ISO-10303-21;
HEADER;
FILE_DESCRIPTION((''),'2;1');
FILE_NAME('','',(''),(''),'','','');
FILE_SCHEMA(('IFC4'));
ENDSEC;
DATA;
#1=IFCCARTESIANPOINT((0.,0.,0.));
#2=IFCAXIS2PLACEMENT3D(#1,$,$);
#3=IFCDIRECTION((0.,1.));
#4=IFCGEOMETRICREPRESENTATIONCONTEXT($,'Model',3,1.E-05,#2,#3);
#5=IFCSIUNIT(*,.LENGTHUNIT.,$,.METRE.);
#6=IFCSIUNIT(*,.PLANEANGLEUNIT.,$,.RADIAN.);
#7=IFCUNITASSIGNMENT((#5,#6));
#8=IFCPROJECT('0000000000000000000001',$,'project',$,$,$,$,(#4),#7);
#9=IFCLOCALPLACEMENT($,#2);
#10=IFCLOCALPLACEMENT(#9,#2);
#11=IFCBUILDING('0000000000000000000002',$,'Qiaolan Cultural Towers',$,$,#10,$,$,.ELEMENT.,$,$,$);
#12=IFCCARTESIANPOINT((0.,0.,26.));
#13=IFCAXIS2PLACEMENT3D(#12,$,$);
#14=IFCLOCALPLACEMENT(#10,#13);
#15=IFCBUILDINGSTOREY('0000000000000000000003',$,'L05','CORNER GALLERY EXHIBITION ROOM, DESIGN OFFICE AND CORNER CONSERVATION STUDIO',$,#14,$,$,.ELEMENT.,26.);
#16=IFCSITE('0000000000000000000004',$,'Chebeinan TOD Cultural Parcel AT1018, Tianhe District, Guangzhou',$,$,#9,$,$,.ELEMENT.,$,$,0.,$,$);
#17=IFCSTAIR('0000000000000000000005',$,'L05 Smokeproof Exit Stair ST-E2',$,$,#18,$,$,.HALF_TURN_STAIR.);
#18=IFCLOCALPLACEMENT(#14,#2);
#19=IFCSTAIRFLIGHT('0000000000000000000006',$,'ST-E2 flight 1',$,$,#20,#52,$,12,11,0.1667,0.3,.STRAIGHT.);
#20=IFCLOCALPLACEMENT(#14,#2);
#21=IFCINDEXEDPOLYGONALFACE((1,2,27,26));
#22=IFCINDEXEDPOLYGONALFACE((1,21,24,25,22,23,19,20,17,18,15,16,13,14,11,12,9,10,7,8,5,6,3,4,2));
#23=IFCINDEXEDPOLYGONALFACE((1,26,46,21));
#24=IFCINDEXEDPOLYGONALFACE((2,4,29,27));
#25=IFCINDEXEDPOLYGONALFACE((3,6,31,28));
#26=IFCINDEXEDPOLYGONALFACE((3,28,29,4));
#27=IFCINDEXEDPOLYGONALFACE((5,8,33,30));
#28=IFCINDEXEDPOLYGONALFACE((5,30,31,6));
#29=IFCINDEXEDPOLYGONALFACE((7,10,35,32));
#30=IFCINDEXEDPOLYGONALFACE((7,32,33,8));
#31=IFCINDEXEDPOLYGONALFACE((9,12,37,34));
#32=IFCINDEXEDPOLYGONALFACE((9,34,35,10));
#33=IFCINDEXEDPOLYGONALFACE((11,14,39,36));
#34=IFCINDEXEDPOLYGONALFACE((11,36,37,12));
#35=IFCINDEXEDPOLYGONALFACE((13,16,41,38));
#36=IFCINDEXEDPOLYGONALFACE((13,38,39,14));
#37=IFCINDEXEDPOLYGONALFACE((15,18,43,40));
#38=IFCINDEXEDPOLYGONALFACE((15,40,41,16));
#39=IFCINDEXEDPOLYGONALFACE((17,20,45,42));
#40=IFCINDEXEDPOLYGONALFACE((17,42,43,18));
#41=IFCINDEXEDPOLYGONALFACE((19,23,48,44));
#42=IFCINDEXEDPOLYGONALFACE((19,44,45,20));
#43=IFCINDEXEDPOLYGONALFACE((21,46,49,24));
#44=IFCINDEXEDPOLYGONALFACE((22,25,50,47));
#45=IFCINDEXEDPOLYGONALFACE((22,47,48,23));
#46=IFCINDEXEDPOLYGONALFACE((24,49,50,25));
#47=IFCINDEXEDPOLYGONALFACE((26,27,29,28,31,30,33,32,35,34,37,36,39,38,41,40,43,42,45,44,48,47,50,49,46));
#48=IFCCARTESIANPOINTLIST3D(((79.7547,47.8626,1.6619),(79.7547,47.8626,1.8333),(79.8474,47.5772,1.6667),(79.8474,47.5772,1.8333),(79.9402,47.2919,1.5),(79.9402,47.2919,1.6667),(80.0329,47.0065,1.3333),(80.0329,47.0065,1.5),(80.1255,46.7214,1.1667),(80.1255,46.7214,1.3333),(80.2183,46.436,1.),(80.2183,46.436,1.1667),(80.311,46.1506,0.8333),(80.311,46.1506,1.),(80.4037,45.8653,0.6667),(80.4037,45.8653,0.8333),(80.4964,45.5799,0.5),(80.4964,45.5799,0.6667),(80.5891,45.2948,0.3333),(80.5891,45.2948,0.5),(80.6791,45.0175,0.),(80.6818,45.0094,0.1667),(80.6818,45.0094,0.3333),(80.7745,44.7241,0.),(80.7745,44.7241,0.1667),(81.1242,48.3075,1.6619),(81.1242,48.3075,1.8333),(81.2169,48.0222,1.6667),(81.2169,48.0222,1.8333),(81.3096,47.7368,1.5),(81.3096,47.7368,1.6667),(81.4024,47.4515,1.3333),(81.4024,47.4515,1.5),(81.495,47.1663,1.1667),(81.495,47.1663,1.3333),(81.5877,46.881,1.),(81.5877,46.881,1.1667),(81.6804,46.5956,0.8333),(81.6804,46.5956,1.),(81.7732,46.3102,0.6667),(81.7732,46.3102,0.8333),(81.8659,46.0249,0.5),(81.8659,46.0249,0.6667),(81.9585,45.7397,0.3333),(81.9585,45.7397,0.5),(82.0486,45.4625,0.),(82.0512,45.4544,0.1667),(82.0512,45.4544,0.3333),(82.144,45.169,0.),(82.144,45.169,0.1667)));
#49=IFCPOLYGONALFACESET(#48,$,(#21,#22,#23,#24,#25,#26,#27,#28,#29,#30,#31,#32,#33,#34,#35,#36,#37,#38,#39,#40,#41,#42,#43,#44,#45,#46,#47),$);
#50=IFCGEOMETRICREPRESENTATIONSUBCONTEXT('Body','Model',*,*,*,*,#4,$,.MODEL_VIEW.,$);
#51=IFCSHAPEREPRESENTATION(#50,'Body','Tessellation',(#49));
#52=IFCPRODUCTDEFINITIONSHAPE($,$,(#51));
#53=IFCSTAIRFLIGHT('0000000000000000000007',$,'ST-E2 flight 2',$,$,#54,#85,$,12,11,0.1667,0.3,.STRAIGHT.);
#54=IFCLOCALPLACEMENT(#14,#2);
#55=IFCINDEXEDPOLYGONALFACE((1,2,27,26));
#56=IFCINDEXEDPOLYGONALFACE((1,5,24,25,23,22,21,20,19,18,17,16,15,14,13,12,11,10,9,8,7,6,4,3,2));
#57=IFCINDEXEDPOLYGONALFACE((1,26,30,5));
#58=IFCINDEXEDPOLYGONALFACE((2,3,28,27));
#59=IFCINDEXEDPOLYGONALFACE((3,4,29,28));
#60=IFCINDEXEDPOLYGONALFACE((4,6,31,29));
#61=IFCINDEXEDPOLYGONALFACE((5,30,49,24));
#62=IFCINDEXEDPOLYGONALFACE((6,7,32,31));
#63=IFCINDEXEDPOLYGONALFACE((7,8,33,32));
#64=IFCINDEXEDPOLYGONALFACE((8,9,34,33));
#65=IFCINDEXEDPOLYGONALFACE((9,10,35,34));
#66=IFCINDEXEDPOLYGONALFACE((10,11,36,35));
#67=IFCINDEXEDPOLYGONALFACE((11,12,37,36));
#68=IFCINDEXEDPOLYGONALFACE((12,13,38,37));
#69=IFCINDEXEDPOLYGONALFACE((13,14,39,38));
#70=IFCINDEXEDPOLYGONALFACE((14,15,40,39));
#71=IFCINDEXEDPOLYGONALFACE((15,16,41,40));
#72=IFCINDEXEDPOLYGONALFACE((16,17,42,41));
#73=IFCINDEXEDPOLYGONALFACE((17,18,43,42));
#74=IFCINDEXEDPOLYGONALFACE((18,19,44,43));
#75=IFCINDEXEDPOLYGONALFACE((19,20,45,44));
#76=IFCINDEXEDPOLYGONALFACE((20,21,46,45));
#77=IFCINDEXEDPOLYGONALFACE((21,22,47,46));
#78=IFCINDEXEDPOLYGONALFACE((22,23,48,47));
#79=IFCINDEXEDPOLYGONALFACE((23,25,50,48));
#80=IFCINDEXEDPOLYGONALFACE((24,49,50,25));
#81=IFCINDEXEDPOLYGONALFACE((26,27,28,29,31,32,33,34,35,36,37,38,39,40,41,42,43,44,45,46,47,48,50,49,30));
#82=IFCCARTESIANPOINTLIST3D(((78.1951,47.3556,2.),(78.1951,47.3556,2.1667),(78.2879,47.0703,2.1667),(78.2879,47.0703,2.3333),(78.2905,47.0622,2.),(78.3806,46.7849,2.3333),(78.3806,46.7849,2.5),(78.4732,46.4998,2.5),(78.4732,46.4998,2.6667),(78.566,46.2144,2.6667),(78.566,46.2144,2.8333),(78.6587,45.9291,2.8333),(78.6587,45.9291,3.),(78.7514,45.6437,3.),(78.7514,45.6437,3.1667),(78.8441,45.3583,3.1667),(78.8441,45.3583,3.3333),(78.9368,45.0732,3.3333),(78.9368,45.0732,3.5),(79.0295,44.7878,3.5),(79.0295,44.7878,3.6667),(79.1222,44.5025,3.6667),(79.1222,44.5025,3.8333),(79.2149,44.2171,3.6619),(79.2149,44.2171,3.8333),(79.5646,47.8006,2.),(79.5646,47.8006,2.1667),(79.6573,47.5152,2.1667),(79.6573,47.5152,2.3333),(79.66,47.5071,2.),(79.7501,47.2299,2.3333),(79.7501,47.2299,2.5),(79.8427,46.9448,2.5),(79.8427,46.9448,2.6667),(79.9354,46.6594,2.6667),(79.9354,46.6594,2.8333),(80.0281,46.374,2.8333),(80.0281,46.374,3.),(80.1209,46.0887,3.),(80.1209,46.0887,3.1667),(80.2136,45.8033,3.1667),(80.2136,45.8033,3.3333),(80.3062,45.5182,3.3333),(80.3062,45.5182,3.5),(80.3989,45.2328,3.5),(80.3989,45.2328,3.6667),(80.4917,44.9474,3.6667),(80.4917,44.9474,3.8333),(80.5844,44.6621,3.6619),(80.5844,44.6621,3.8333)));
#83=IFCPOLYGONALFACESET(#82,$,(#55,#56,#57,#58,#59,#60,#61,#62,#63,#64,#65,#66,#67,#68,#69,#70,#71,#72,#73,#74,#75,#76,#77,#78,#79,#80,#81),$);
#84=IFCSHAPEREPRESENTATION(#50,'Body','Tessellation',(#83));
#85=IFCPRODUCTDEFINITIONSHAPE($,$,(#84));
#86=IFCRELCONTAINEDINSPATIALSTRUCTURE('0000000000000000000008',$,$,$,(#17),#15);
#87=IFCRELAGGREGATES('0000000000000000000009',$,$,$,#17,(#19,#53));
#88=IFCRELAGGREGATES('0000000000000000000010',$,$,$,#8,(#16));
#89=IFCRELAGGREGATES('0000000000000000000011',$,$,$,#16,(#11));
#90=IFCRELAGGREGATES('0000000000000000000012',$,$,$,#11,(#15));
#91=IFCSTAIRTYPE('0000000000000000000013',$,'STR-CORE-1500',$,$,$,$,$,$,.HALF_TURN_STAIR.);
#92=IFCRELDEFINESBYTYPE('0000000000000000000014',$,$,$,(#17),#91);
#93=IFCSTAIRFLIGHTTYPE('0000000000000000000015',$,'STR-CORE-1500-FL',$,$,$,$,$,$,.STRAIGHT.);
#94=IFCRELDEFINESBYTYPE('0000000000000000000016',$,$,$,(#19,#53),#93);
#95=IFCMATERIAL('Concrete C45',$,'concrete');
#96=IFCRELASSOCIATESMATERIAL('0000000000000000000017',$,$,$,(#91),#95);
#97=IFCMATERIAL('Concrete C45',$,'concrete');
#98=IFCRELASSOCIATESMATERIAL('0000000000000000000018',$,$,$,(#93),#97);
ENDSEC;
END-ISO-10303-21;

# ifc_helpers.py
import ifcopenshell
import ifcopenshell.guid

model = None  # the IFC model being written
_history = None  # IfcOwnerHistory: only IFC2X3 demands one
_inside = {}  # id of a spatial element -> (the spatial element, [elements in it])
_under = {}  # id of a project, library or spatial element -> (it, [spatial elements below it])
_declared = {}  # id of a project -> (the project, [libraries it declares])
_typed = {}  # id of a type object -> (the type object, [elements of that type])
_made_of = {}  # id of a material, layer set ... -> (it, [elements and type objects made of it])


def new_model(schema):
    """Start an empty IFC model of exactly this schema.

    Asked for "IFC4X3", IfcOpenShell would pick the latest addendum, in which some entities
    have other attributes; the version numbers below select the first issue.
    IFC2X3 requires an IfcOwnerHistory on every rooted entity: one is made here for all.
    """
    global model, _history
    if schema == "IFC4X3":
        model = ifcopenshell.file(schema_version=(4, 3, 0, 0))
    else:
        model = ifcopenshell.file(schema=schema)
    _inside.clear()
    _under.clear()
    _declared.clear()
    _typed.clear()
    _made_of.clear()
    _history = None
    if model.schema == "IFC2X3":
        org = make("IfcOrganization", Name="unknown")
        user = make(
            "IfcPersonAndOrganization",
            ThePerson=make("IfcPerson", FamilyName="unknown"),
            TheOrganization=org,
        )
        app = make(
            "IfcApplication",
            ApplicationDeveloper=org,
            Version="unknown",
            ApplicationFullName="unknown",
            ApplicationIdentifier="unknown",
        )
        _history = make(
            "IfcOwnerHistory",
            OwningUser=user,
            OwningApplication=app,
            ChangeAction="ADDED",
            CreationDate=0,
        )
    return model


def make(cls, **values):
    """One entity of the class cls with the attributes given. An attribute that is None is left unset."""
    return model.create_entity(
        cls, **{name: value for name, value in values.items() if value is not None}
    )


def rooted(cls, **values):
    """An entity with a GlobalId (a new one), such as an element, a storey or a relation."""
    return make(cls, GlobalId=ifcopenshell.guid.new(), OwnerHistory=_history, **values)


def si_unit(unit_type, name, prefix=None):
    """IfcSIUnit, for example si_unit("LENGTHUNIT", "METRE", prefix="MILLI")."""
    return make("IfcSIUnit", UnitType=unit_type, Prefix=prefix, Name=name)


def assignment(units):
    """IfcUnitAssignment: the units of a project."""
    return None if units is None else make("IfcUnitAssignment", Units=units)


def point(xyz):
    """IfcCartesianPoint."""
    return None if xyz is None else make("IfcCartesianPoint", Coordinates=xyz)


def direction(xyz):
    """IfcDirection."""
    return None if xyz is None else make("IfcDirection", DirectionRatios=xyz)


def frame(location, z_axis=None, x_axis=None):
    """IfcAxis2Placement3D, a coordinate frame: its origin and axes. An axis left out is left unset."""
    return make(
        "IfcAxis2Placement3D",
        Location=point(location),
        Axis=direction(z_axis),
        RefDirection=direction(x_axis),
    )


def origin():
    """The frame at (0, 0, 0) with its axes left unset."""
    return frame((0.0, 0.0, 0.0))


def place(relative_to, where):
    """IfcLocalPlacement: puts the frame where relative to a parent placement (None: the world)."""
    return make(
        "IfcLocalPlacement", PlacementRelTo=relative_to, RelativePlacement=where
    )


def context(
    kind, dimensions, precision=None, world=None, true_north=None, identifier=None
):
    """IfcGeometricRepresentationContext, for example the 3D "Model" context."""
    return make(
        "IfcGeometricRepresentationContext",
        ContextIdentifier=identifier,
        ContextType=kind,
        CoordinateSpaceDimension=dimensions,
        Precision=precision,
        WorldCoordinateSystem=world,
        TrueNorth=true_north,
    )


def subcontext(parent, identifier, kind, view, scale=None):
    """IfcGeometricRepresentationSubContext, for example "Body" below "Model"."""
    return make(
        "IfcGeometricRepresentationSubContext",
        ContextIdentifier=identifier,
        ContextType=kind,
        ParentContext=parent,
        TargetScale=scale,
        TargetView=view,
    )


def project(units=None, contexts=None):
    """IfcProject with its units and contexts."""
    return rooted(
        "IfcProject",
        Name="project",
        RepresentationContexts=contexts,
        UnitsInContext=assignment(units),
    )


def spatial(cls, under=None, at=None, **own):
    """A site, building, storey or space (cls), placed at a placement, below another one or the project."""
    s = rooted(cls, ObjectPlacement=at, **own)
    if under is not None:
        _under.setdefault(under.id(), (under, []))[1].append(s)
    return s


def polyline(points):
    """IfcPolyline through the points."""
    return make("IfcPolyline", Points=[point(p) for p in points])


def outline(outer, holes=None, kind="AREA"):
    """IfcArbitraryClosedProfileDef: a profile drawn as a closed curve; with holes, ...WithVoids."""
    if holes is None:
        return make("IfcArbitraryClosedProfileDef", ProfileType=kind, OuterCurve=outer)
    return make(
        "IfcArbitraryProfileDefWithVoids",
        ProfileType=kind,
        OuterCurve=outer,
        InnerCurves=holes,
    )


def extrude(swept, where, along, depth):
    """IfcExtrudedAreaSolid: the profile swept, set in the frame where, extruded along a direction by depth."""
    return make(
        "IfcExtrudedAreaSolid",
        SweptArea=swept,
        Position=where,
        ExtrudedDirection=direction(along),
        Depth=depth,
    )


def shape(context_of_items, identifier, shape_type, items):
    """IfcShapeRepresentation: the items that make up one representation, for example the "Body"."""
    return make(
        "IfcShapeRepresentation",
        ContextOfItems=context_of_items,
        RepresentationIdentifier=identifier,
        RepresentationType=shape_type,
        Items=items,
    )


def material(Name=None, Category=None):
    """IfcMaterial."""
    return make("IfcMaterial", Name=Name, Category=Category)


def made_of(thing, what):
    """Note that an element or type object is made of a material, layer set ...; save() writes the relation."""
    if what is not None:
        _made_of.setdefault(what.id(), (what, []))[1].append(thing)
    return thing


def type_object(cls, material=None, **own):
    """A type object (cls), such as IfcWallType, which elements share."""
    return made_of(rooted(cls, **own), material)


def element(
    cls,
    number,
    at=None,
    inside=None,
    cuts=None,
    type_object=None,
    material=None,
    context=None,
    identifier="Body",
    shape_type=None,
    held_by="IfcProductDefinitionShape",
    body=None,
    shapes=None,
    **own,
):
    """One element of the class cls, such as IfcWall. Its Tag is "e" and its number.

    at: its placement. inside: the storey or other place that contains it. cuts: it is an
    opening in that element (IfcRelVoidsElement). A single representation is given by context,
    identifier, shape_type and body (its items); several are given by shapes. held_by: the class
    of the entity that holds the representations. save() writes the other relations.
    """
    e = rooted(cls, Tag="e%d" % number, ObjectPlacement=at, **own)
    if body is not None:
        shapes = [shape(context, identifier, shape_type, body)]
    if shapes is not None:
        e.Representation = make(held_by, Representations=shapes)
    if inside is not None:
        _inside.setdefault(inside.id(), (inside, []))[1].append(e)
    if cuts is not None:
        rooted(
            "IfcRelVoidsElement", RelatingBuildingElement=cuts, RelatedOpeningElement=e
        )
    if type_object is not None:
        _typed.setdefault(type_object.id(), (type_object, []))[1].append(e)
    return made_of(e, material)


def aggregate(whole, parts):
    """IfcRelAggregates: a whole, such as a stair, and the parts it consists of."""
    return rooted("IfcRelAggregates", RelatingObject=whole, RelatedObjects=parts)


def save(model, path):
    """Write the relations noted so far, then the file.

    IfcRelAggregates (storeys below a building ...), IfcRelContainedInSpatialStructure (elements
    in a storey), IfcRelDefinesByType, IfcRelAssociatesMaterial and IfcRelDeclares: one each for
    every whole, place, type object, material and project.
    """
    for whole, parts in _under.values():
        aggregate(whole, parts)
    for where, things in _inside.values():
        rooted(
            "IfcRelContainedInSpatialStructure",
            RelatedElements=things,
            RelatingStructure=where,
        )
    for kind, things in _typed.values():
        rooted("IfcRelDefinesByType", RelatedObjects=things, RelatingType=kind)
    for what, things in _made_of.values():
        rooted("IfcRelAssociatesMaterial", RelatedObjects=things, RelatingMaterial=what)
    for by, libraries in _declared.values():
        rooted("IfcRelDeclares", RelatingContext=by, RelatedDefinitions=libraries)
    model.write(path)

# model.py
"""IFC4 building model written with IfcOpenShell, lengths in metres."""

from ifc_helpers import new_model, si_unit, direction, frame, origin, place, context, subcontext, project, spatial, polyline, outline, extrude, material, type_object, element, aggregate, save


model = new_model("IFC4")

# Units and contexts
model_context = context("Model", 3, precision=1e-05, world=origin(), true_north=direction((0.0, 1.0)))
body_context = subcontext(model_context, "Body", "Model", "MODEL_VIEW")
ifc_project = project(units=[si_unit("LENGTHUNIT", "METRE"), si_unit("PLANEANGLEUNIT", "RADIAN")], contexts=[model_context])

# Site, building, storey
site_placement = place(None, origin())
site = spatial("IfcSite", under=ifc_project, at=site_placement, Name="Chebeinan TOD Cultural Parcel AT1018, Tianhe District, Guangzhou", CompositionType="ELEMENT", RefElevation=0.0)
building_placement = place(site_placement, origin())
building = spatial("IfcBuilding", under=site, at=building_placement, Name="Qiaolan Cultural Towers", CompositionType="ELEMENT")
storey_placement = place(building_placement, frame((0.0, 0.0, 26.0)))
storey = spatial("IfcBuildingStorey", under=building, at=storey_placement, Name="L05", Description="CORNER GALLERY EXHIBITION ROOM, DESIGN OFFICE AND CORNER CONSERVATION STUDIO", CompositionType="ELEMENT", Elevation=26.0)

# Stair, stair flights
ifc_material_1 = material(Name="Concrete C45", Category="concrete")
stair_type = type_object("IfcStairType", Name="STR-CORE-1500", PredefinedType="HALF_TURN_STAIR", material=ifc_material_1)
stair_placement = place(storey_placement, origin())
stair = element("IfcStair", 1, at=stair_placement, inside=storey, type_object=stair_type, Name="L05 Smokeproof Exit Stair ST-E2", PredefinedType="HALF_TURN_STAIR")
ifc_material_2 = material(Name="Concrete C45", Category="concrete")
stair_flight_type = type_object("IfcStairFlightType", Name="STR-CORE-1500-FL", PredefinedType="STRAIGHT", material=ifc_material_2)
stair_flight_1_placement = place(storey_placement, frame((81.4592, 44.9465, 0.0), z_axis=(0.0, 0.0, 1.0), x_axis=(-0.309017, 0.951057, 0.0)))
stair_flight_1 = element("IfcStairFlight", 2, at=stair_flight_1_placement, type_object=stair_flight_type, Name="ST-E2 flight 1", NumberOfRisers=12, NumberOfTreads=11, PredefinedType="STRAIGHT", RiserHeight=0.1667, TreadLength=0.3, context=body_context, shape_type="SweptSolid", body=[
    extrude(outline(polyline([(0.0, 0.0), (0.0, 0.1667), (0.3, 0.1667), (0.3, 0.3333), (0.6001, 0.3333), (0.6001, 0.5), (0.8999, 0.5), (0.8999, 0.6667), (1.2, 0.6667), (1.2, 0.8333), (1.5, 0.8333), (1.5, 1.0), (1.8, 1.0), (1.8, 1.1667), (2.1001, 1.1667), (2.1001, 1.3333), (2.3999, 1.3333), (2.3999, 1.5), (2.7, 1.5), (2.7, 1.6667), (3.0, 1.6667), (3.0, 1.8333), (3.3, 1.8333), (3.3, 2.0), (3.3, 1.6619), (0.3086, 0.0), (0.0, 0.0)])), frame((0.0, 0.72, 0.0), z_axis=(0.0, -1.0, 0.0), x_axis=(1.0, 0.0, 0.0)), (0.0, 0.0, 1.0), 1.4399),
])
stair_flight_2_placement = place(storey_placement, frame((78.8799, 47.5781, 2.0), z_axis=(0.0, 0.0, 1.0), x_axis=(0.309017, -0.951057, 0.0)))
stair_flight_2 = element("IfcStairFlight", 3, at=stair_flight_2_placement, type_object=stair_flight_type, Name="ST-E2 flight 2", NumberOfRisers=12, NumberOfTreads=11, PredefinedType="STRAIGHT", RiserHeight=0.1667, TreadLength=0.3, context=body_context, shape_type="SweptSolid", body=[
    extrude(outline(polyline([(0.0, 0.0), (0.0, 0.1667), (0.3, 0.1667), (0.3, 0.3333), (0.6001, 0.3333), (0.6001, 0.5), (0.8999, 0.5), (0.8999, 0.6667), (1.2, 0.6667), (1.2, 0.8333), (1.5, 0.8333), (1.5, 1.0), (1.8, 1.0), (1.8, 1.1667), (2.1001, 1.1667), (2.1001, 1.3333), (2.3999, 1.3333), (2.3999, 1.5), (2.7, 1.5), (2.7, 1.6667), (3.0, 1.6667), (3.0, 1.8333), (3.3, 1.8333), (3.3, 2.0), (3.3, 1.6619), (0.3086, 0.0), (0.0, 0.0)])), frame((0.0, 0.72, 0.0), z_axis=(0.0, -1.0, 0.0), x_axis=(1.0, 0.0, 0.0)), (0.0, 0.0, 1.0), 1.4399),
])
aggregate(stair, [stair_flight_1, stair_flight_2])

save(model, "model.ifc")
